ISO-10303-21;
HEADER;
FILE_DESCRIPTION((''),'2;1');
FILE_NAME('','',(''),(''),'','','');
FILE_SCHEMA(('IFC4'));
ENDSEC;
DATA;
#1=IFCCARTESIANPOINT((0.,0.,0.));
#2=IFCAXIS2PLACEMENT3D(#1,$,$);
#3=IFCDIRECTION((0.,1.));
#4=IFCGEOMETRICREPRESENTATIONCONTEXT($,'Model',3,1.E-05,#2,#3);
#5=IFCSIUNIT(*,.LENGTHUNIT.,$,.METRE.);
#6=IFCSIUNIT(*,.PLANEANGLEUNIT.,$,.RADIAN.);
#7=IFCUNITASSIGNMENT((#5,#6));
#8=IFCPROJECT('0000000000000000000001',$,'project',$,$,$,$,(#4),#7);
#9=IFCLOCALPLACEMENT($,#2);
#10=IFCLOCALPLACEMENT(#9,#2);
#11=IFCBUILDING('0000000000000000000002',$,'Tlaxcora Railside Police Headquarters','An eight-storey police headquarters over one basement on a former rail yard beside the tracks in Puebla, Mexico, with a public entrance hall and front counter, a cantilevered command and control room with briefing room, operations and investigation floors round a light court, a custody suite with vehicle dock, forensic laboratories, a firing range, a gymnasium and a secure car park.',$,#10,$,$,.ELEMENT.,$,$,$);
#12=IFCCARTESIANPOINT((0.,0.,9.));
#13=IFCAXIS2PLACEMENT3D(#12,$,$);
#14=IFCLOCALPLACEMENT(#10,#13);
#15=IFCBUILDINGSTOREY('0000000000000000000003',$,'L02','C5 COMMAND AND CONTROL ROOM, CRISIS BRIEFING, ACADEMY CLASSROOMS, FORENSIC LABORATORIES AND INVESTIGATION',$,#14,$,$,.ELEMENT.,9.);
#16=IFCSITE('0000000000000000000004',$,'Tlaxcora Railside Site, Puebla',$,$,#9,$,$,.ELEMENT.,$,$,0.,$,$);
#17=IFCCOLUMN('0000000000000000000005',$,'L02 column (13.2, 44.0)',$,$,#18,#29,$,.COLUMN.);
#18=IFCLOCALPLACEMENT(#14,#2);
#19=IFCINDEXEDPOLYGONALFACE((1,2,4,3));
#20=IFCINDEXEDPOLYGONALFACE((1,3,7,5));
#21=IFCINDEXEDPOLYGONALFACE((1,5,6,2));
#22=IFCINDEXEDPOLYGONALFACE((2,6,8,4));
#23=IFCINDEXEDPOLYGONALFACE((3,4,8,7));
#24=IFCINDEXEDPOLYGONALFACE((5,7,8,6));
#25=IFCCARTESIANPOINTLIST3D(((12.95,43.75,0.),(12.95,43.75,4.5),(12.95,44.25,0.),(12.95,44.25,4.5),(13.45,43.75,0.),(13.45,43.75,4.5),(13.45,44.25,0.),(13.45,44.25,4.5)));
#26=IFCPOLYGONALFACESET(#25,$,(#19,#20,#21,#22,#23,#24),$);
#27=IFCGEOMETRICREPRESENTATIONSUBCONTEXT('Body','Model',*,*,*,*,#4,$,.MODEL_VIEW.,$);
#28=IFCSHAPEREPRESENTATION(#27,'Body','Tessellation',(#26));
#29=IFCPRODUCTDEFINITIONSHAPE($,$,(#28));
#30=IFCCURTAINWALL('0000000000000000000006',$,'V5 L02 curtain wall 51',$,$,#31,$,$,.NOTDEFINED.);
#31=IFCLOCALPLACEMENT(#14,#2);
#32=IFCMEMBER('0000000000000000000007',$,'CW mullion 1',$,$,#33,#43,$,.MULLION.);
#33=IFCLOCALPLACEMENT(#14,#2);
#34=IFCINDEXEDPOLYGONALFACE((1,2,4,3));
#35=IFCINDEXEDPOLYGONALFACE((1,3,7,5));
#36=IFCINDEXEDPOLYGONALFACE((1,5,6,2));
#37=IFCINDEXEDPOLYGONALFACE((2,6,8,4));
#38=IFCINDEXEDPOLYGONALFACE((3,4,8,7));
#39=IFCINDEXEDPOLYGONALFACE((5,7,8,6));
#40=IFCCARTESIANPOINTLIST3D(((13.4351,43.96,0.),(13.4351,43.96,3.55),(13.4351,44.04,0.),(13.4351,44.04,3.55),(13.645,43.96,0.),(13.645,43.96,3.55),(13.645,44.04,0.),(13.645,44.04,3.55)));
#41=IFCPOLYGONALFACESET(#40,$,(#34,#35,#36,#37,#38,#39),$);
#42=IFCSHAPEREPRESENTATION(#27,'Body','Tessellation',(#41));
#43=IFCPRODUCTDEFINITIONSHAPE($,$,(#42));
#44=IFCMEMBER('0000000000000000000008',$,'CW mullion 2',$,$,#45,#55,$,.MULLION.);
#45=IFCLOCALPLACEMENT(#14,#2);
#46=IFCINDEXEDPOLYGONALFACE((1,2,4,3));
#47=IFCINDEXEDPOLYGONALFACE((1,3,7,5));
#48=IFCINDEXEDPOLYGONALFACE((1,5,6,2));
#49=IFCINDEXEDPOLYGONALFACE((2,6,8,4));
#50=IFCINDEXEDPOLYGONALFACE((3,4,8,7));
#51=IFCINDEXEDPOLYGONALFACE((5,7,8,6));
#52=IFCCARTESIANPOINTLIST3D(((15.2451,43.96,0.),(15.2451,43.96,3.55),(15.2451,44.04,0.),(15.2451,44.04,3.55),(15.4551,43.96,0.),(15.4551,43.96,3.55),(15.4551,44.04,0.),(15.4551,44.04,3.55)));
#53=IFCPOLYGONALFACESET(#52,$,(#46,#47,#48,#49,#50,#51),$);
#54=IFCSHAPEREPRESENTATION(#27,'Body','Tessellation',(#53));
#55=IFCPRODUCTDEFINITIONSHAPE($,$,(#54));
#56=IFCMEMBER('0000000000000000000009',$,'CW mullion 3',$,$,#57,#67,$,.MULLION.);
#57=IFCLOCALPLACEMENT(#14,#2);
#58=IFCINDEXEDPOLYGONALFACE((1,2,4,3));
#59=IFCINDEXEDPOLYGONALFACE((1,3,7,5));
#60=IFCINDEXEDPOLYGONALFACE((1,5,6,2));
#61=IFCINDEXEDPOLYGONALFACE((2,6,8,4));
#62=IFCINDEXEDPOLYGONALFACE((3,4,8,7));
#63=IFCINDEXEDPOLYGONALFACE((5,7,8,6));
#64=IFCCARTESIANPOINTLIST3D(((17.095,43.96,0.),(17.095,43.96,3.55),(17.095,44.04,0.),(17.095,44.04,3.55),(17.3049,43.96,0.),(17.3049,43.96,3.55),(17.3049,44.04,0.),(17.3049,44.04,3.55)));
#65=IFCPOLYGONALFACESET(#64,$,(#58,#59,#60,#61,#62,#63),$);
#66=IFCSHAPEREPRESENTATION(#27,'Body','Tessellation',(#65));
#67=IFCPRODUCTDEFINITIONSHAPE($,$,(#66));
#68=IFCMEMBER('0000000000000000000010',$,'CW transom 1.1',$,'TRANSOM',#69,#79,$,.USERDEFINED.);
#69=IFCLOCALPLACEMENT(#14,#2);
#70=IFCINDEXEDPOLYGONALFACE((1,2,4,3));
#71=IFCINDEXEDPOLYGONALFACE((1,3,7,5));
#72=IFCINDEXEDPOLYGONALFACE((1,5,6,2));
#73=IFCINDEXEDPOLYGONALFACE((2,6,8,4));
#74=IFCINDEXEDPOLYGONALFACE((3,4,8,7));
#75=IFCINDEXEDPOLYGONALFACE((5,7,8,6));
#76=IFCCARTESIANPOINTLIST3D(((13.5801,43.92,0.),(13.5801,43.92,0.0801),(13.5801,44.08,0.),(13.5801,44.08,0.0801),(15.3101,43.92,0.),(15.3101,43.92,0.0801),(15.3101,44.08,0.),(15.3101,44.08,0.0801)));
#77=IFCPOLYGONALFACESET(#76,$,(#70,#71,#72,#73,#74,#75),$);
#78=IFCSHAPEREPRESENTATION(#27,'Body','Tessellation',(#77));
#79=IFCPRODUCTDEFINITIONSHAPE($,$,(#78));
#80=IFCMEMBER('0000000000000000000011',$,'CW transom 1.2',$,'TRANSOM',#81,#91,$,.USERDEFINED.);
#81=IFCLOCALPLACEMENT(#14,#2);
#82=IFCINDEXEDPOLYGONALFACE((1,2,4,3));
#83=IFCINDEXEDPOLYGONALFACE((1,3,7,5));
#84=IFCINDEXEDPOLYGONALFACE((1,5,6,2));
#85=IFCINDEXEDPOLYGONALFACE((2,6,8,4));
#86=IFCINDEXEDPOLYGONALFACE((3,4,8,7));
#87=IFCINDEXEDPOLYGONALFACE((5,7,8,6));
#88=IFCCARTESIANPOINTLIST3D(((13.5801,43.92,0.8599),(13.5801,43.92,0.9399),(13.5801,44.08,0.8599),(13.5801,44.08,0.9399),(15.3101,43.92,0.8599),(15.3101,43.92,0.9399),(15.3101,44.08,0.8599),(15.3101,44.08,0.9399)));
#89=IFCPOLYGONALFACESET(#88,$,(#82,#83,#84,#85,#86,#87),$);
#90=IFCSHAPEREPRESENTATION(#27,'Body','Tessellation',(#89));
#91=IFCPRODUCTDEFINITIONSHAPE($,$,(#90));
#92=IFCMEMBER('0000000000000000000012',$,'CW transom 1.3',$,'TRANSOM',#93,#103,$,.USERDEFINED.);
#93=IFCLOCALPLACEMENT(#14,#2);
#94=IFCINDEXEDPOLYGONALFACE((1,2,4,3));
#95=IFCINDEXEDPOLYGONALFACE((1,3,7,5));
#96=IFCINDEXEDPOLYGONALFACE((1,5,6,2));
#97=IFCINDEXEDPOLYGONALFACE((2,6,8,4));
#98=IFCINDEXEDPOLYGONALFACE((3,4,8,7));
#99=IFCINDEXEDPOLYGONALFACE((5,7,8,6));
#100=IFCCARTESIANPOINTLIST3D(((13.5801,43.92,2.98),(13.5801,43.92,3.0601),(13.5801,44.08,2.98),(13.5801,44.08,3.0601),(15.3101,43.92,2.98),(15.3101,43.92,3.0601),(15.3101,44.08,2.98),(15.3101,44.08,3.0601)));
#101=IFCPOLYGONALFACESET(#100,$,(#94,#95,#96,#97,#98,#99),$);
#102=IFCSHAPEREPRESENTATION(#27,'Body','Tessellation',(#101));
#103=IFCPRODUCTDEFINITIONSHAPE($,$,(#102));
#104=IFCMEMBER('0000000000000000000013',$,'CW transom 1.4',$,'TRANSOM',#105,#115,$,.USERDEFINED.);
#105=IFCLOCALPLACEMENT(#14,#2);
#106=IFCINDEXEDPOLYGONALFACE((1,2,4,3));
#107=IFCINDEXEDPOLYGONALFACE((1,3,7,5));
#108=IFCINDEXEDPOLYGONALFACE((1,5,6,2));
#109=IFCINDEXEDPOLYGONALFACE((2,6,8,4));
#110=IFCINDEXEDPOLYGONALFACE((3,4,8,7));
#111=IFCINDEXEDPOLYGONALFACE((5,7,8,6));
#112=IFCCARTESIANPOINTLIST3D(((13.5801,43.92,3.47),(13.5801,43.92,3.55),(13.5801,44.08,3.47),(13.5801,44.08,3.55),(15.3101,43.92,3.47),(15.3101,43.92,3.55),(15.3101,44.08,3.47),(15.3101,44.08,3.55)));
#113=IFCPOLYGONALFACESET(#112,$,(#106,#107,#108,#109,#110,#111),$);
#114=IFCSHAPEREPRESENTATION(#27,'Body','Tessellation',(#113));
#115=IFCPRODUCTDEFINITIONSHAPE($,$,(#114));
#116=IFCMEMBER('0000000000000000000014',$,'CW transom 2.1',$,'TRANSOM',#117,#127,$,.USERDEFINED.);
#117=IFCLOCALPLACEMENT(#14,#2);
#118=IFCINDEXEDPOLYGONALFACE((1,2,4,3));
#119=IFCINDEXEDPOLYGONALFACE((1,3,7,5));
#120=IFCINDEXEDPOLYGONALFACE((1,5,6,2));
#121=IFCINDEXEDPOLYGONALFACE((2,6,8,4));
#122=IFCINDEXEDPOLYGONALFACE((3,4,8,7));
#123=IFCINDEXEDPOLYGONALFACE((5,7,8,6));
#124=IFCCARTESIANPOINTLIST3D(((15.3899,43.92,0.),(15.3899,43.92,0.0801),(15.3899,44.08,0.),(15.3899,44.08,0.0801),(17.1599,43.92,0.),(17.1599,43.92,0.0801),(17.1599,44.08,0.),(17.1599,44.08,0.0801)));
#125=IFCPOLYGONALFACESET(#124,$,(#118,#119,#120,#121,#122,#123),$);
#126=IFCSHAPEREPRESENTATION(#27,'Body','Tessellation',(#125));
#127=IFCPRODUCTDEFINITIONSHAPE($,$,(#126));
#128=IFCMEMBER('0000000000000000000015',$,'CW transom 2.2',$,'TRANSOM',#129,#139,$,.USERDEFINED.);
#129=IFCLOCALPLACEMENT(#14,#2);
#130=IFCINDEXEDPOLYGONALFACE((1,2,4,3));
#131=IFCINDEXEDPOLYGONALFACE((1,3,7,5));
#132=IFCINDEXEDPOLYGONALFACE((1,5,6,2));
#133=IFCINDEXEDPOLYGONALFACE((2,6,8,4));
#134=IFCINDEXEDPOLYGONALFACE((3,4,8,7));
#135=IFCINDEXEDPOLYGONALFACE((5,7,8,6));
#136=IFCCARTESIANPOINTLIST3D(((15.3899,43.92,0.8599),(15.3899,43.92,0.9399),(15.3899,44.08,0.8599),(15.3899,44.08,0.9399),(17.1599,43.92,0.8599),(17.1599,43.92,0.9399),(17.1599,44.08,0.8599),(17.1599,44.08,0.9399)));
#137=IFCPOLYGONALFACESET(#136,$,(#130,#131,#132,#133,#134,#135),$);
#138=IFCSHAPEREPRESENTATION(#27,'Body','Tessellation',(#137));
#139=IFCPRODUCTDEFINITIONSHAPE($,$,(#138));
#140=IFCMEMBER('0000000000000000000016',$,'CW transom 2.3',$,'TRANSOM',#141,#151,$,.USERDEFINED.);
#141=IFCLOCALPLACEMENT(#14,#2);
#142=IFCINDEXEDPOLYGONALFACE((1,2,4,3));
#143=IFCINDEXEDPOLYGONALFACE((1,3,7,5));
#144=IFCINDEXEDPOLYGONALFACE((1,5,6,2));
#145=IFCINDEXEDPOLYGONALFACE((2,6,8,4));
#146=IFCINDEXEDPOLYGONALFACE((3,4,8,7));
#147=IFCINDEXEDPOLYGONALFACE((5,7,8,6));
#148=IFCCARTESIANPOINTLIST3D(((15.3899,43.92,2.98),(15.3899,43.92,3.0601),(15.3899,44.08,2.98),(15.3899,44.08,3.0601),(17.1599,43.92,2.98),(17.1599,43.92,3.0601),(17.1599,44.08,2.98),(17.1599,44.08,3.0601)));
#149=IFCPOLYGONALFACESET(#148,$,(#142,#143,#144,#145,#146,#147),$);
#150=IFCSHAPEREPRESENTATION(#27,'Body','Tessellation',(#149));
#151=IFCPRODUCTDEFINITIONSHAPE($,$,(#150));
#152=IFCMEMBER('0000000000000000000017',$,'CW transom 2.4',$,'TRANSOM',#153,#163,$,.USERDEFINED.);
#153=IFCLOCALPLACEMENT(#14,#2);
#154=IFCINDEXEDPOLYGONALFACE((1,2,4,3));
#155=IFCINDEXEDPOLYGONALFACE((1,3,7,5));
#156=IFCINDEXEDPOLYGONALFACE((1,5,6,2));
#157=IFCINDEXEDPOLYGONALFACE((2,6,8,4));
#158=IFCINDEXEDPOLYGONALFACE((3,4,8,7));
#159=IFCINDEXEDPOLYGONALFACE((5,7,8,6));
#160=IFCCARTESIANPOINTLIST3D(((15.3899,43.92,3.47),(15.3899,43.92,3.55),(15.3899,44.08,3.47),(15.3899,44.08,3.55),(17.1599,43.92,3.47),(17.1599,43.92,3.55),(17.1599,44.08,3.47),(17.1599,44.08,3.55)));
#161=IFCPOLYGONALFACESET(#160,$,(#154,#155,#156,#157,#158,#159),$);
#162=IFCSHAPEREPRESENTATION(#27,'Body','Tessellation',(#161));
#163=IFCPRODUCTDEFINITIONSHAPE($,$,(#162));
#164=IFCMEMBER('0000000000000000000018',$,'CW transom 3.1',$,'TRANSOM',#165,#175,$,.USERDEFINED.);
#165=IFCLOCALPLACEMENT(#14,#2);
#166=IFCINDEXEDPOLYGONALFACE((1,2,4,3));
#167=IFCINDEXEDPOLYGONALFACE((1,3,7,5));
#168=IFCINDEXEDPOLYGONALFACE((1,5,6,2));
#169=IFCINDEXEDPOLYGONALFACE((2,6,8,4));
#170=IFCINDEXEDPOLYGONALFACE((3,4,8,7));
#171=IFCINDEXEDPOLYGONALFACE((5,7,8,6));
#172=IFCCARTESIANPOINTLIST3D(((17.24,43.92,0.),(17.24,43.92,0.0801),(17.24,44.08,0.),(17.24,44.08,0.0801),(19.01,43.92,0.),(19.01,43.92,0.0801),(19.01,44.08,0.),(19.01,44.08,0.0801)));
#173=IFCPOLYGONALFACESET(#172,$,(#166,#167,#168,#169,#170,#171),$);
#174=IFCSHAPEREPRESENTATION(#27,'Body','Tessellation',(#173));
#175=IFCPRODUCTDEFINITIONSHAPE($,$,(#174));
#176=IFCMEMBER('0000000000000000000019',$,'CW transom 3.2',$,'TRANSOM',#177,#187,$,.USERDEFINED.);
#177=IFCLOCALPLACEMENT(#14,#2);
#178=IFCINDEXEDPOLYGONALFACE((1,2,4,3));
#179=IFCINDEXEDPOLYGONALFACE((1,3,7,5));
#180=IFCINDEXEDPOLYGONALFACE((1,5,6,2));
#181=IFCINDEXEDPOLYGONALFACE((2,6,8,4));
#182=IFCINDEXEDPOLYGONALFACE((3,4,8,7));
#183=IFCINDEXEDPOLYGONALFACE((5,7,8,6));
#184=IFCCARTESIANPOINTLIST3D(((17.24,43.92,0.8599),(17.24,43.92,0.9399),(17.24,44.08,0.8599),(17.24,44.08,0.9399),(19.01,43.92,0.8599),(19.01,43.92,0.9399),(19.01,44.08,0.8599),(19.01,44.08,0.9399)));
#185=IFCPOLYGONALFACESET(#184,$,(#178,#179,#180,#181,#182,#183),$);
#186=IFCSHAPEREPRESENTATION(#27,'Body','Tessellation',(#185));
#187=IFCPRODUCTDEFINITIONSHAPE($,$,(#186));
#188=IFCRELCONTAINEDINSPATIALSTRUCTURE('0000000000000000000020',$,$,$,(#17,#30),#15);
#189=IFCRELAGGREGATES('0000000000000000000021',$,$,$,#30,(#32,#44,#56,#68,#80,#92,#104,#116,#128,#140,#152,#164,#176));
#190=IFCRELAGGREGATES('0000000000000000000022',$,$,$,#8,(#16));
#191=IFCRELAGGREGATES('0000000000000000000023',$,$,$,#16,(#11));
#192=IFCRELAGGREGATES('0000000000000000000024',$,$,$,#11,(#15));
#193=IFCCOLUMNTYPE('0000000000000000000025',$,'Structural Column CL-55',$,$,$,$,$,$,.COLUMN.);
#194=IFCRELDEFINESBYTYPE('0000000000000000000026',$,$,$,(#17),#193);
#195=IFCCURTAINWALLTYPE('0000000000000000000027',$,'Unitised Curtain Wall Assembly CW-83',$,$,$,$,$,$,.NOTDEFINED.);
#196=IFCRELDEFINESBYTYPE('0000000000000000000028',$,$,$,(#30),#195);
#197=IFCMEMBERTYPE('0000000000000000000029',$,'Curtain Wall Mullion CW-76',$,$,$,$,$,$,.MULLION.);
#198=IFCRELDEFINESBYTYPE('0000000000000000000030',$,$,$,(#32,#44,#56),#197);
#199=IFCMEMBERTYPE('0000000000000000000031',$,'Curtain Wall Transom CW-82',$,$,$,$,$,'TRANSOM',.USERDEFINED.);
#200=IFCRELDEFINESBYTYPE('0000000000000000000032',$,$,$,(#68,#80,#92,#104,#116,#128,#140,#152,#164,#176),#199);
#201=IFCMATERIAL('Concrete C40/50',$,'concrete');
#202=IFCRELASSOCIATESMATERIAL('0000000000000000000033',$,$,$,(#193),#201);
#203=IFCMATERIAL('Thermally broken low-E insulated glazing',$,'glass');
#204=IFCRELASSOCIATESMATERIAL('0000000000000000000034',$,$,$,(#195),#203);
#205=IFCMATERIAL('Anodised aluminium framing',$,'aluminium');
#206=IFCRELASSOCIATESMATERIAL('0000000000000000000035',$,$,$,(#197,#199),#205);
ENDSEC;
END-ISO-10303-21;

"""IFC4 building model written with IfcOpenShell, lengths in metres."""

from ifc_helpers import new_model, si_unit, direction, frame, origin, origin_2d, place, context, subcontext, project, spatial, rectangle, extrude, material, material_profile, profile_set, type_object, element, aggregate, save


model = new_model("IFC4")

# Units and contexts
model_context = context("Model", 3, precision=1e-05, world=origin(), true_north=direction((0.0, 1.0)))
body_context = subcontext(model_context, "Body", "Model", "MODEL_VIEW")
ifc_project = project(units=[si_unit("LENGTHUNIT", "METRE"), si_unit("PLANEANGLEUNIT", "RADIAN")], contexts=[model_context])

# Site, building, storey
site_placement = place(None, origin())
site = spatial("IfcSite", under=ifc_project, at=site_placement, Name="Tlaxcora Railside Site, Puebla", CompositionType="ELEMENT", RefElevation=0.0)
building_placement = place(site_placement, origin())
building = spatial("IfcBuilding", under=site, at=building_placement, Name="Tlaxcora Railside Police Headquarters", Description="An eight-storey police headquarters over one basement on a former rail yard beside the tracks in Puebla, Mexico, with a public entrance hall and front counter, a cantilevered command and control room with briefing room, operations and investigation floors round a light court, a custody suite with vehicle dock, forensic laboratories, a firing range, a gymnasium and a secure car park.", CompositionType="ELEMENT")
storey_placement = place(building_placement, frame((0.0, 0.0, 9.0)))
storey = spatial("IfcBuildingStorey", under=building, at=storey_placement, Name="L02", Description="C5 COMMAND AND CONTROL ROOM, CRISIS BRIEFING, ACADEMY CLASSROOMS, FORENSIC LABORATORIES AND INVESTIGATION", CompositionType="ELEMENT", Elevation=9.0)

# Column
ifc_material_1 = material(Name="Concrete C40/50", Category="concrete")
ifc_material_profile_1 = material_profile(ifc_material_1, rectangle(XDim=0.5, YDim=0.5, at=origin_2d()), Name="RC500X500")
ifc_profile_set_1 = profile_set([ifc_material_profile_1], Name="Concrete C40/50")
column_type = type_object("IfcColumnType", Name="Structural Column CL-55", PredefinedType="COLUMN", material=ifc_profile_set_1)
column_placement = place(storey_placement, frame((13.2, 44.0, 0.0), z_axis=(0.0, 0.0, 1.0), x_axis=(1.0, 0.0, 0.0)))
element("IfcColumn", 1, at=column_placement, inside=storey, type_object=column_type, Name="L02 column (13.2, 44.0)", PredefinedType="COLUMN", context=body_context, shape_type="SweptSolid", body=[
    extrude(rectangle(XDim=0.5, YDim=0.5, at=origin_2d()), origin(), (0.0, 0.0, 1.0), 4.5),
])

# Curtain wall, members
ifc_material_2 = material(Name="Thermally broken low-E insulated glazing", Category="glass")
curtain_wall_type = type_object("IfcCurtainWallType", Name="Unitised Curtain Wall Assembly CW-83", PredefinedType="NOTDEFINED", material=ifc_material_2)
curtain_wall_placement = place(storey_placement, origin())
curtain_wall = element("IfcCurtainWall", 2, at=curtain_wall_placement, inside=storey, type_object=curtain_wall_type, Name="V5 L02 curtain wall 51", PredefinedType="NOTDEFINED")
ifc_material_3 = material(Name="Anodised aluminium framing", Category="aluminium")
ifc_material_profile_2 = material_profile(ifc_material_3, rectangle(XDim=0.0801, YDim=0.21, at=origin_2d()), Name="AL80X210")
ifc_profile_set_2 = profile_set([ifc_material_profile_2], Name="Anodised aluminium framing")
member_type_1 = type_object("IfcMemberType", Name="Curtain Wall Mullion CW-76", PredefinedType="MULLION", material=ifc_profile_set_2)
member_1_placement = place(storey_placement, frame((13.54, 44.0, 0.0), z_axis=(0.0, 0.0, 1.0), x_axis=(0.0, 1.0, 0.0)))
member_1 = element("IfcMember", 3, at=member_1_placement, type_object=member_type_1, Name="CW mullion 1", PredefinedType="MULLION", context=body_context, shape_type="SweptSolid", body=[
    extrude(rectangle(XDim=0.0801, YDim=0.21, at=origin_2d()), origin(), (0.0, 0.0, 1.0), 3.55),
])
member_2_placement = place(storey_placement, frame((15.3501, 44.0, 0.0), z_axis=(0.0, 0.0, 1.0), x_axis=(0.0, 1.0, 0.0)))
member_2 = element("IfcMember", 4, at=member_2_placement, type_object=member_type_1, Name="CW mullion 2", PredefinedType="MULLION", context=body_context, shape_type="SweptSolid", body=[
    extrude(rectangle(XDim=0.0801, YDim=0.21, at=origin_2d()), origin(), (0.0, 0.0, 1.0), 3.55),
])
member_3_placement = place(storey_placement, frame((17.2, 44.0, 0.0), z_axis=(0.0, 0.0, 1.0), x_axis=(0.0, 1.0, 0.0)))
member_3 = element("IfcMember", 5, at=member_3_placement, type_object=member_type_1, Name="CW mullion 3", PredefinedType="MULLION", context=body_context, shape_type="SweptSolid", body=[
    extrude(rectangle(XDim=0.0801, YDim=0.21, at=origin_2d()), origin(), (0.0, 0.0, 1.0), 3.55),
])
ifc_material_profile_3 = material_profile(ifc_material_3, rectangle(XDim=0.1599, YDim=0.0801, at=origin_2d()), Name="AL80X160")
ifc_profile_set_3 = profile_set([ifc_material_profile_3], Name="Anodised aluminium framing")
member_type_2 = type_object("IfcMemberType", Name="Curtain Wall Transom CW-82", ElementType="TRANSOM", PredefinedType="USERDEFINED", material=ifc_profile_set_3)
member_4_placement = place(storey_placement, frame((13.5801, 44.0, 0.04), z_axis=(1.0, 0.0, 0.0), x_axis=(0.0, 1.0, 0.0)))
member_4 = element("IfcMember", 6, at=member_4_placement, type_object=member_type_2, Name="CW transom 1.1", ObjectType="TRANSOM", PredefinedType="USERDEFINED", context=body_context, shape_type="SweptSolid", body=[
    extrude(rectangle(XDim=0.1599, YDim=0.0801, at=origin_2d()), origin(), (0.0, 0.0, 1.0), 1.73),
])
member_5_placement = place(storey_placement, frame((13.5801, 44.0, 0.8999), z_axis=(1.0, 0.0, 0.0), x_axis=(0.0, 1.0, 0.0)))
member_5 = element("IfcMember", 7, at=member_5_placement, type_object=member_type_2, Name="CW transom 1.2", ObjectType="TRANSOM", PredefinedType="USERDEFINED", context=body_context, shape_type="SweptSolid", body=[
    extrude(rectangle(XDim=0.1599, YDim=0.0801, at=origin_2d()), origin(), (0.0, 0.0, 1.0), 1.73),
])
member_6_placement = place(storey_placement, frame((13.5801, 44.0, 3.02), z_axis=(1.0, 0.0, 0.0), x_axis=(0.0, 1.0, 0.0)))
member_6 = element("IfcMember", 8, at=member_6_placement, type_object=member_type_2, Name="CW transom 1.3", ObjectType="TRANSOM", PredefinedType="USERDEFINED", context=body_context, shape_type="SweptSolid", body=[
    extrude(rectangle(XDim=0.1599, YDim=0.0801, at=origin_2d()), origin(), (0.0, 0.0, 1.0), 1.73),
])
member_7_placement = place(storey_placement, frame((13.5801, 44.0, 3.51), z_axis=(1.0, 0.0, 0.0), x_axis=(0.0, 1.0, 0.0)))
member_7 = element("IfcMember", 9, at=member_7_placement, type_object=member_type_2, Name="CW transom 1.4", ObjectType="TRANSOM", PredefinedType="USERDEFINED", context=body_context, shape_type="SweptSolid", body=[
    extrude(rectangle(XDim=0.1599, YDim=0.0801, at=origin_2d()), origin(), (0.0, 0.0, 1.0), 1.73),
])
member_8_placement = place(storey_placement, frame((15.3899, 44.0, 0.04), z_axis=(1.0, 0.0, 0.0), x_axis=(0.0, 1.0, 0.0)))
member_8 = element("IfcMember", 10, at=member_8_placement, type_object=member_type_2, Name="CW transom 2.1", ObjectType="TRANSOM", PredefinedType="USERDEFINED", context=body_context, shape_type="SweptSolid", body=[
    extrude(rectangle(XDim=0.1599, YDim=0.0801, at=origin_2d()), origin(), (0.0, 0.0, 1.0), 1.77),
])
member_9_placement = place(storey_placement, frame((15.3899, 44.0, 0.8999), z_axis=(1.0, 0.0, 0.0), x_axis=(0.0, 1.0, 0.0)))
member_9 = element("IfcMember", 11, at=member_9_placement, type_object=member_type_2, Name="CW transom 2.2", ObjectType="TRANSOM", PredefinedType="USERDEFINED", context=body_context, shape_type="SweptSolid", body=[
    extrude(rectangle(XDim=0.1599, YDim=0.0801, at=origin_2d()), origin(), (0.0, 0.0, 1.0), 1.77),
])
member_10_placement = place(storey_placement, frame((15.3899, 44.0, 3.02), z_axis=(1.0, 0.0, 0.0), x_axis=(0.0, 1.0, 0.0)))
member_10 = element("IfcMember", 12, at=member_10_placement, type_object=member_type_2, Name="CW transom 2.3", ObjectType="TRANSOM", PredefinedType="USERDEFINED", context=body_context, shape_type="SweptSolid", body=[
    extrude(rectangle(XDim=0.1599, YDim=0.0801, at=origin_2d()), origin(), (0.0, 0.0, 1.0), 1.77),
])
member_11_placement = place(storey_placement, frame((15.3899, 44.0, 3.51), z_axis=(1.0, 0.0, 0.0), x_axis=(0.0, 1.0, 0.0)))
member_11 = element("IfcMember", 13, at=member_11_placement, type_object=member_type_2, Name="CW transom 2.4", ObjectType="TRANSOM", PredefinedType="USERDEFINED", context=body_context, shape_type="SweptSolid", body=[
    extrude(rectangle(XDim=0.1599, YDim=0.0801, at=origin_2d()), origin(), (0.0, 0.0, 1.0), 1.77),
])
member_12_placement = place(storey_placement, frame((17.24, 44.0, 0.04), z_axis=(1.0, 0.0, 0.0), x_axis=(0.0, 1.0, 0.0)))
member_12 = element("IfcMember", 14, at=member_12_placement, type_object=member_type_2, Name="CW transom 3.1", ObjectType="TRANSOM", PredefinedType="USERDEFINED", context=body_context, shape_type="SweptSolid", body=[
    extrude(rectangle(XDim=0.1599, YDim=0.0801, at=origin_2d()), origin(), (0.0, 0.0, 1.0), 1.77),
])
member_13_placement = place(storey_placement, frame((17.24, 44.0, 0.8999), z_axis=(1.0, 0.0, 0.0), x_axis=(0.0, 1.0, 0.0)))
member_13 = element("IfcMember", 15, at=member_13_placement, type_object=member_type_2, Name="CW transom 3.2", ObjectType="TRANSOM", PredefinedType="USERDEFINED", context=body_context, shape_type="SweptSolid", body=[
    extrude(rectangle(XDim=0.1599, YDim=0.0801, at=origin_2d()), origin(), (0.0, 0.0, 1.0), 1.77),
])

aggregate(curtain_wall, [member_1, member_2, member_3, member_4, member_5, member_6, member_7, member_8, member_9, member_10, member_11, member_12, member_13])

save(model, "model.ifc")
